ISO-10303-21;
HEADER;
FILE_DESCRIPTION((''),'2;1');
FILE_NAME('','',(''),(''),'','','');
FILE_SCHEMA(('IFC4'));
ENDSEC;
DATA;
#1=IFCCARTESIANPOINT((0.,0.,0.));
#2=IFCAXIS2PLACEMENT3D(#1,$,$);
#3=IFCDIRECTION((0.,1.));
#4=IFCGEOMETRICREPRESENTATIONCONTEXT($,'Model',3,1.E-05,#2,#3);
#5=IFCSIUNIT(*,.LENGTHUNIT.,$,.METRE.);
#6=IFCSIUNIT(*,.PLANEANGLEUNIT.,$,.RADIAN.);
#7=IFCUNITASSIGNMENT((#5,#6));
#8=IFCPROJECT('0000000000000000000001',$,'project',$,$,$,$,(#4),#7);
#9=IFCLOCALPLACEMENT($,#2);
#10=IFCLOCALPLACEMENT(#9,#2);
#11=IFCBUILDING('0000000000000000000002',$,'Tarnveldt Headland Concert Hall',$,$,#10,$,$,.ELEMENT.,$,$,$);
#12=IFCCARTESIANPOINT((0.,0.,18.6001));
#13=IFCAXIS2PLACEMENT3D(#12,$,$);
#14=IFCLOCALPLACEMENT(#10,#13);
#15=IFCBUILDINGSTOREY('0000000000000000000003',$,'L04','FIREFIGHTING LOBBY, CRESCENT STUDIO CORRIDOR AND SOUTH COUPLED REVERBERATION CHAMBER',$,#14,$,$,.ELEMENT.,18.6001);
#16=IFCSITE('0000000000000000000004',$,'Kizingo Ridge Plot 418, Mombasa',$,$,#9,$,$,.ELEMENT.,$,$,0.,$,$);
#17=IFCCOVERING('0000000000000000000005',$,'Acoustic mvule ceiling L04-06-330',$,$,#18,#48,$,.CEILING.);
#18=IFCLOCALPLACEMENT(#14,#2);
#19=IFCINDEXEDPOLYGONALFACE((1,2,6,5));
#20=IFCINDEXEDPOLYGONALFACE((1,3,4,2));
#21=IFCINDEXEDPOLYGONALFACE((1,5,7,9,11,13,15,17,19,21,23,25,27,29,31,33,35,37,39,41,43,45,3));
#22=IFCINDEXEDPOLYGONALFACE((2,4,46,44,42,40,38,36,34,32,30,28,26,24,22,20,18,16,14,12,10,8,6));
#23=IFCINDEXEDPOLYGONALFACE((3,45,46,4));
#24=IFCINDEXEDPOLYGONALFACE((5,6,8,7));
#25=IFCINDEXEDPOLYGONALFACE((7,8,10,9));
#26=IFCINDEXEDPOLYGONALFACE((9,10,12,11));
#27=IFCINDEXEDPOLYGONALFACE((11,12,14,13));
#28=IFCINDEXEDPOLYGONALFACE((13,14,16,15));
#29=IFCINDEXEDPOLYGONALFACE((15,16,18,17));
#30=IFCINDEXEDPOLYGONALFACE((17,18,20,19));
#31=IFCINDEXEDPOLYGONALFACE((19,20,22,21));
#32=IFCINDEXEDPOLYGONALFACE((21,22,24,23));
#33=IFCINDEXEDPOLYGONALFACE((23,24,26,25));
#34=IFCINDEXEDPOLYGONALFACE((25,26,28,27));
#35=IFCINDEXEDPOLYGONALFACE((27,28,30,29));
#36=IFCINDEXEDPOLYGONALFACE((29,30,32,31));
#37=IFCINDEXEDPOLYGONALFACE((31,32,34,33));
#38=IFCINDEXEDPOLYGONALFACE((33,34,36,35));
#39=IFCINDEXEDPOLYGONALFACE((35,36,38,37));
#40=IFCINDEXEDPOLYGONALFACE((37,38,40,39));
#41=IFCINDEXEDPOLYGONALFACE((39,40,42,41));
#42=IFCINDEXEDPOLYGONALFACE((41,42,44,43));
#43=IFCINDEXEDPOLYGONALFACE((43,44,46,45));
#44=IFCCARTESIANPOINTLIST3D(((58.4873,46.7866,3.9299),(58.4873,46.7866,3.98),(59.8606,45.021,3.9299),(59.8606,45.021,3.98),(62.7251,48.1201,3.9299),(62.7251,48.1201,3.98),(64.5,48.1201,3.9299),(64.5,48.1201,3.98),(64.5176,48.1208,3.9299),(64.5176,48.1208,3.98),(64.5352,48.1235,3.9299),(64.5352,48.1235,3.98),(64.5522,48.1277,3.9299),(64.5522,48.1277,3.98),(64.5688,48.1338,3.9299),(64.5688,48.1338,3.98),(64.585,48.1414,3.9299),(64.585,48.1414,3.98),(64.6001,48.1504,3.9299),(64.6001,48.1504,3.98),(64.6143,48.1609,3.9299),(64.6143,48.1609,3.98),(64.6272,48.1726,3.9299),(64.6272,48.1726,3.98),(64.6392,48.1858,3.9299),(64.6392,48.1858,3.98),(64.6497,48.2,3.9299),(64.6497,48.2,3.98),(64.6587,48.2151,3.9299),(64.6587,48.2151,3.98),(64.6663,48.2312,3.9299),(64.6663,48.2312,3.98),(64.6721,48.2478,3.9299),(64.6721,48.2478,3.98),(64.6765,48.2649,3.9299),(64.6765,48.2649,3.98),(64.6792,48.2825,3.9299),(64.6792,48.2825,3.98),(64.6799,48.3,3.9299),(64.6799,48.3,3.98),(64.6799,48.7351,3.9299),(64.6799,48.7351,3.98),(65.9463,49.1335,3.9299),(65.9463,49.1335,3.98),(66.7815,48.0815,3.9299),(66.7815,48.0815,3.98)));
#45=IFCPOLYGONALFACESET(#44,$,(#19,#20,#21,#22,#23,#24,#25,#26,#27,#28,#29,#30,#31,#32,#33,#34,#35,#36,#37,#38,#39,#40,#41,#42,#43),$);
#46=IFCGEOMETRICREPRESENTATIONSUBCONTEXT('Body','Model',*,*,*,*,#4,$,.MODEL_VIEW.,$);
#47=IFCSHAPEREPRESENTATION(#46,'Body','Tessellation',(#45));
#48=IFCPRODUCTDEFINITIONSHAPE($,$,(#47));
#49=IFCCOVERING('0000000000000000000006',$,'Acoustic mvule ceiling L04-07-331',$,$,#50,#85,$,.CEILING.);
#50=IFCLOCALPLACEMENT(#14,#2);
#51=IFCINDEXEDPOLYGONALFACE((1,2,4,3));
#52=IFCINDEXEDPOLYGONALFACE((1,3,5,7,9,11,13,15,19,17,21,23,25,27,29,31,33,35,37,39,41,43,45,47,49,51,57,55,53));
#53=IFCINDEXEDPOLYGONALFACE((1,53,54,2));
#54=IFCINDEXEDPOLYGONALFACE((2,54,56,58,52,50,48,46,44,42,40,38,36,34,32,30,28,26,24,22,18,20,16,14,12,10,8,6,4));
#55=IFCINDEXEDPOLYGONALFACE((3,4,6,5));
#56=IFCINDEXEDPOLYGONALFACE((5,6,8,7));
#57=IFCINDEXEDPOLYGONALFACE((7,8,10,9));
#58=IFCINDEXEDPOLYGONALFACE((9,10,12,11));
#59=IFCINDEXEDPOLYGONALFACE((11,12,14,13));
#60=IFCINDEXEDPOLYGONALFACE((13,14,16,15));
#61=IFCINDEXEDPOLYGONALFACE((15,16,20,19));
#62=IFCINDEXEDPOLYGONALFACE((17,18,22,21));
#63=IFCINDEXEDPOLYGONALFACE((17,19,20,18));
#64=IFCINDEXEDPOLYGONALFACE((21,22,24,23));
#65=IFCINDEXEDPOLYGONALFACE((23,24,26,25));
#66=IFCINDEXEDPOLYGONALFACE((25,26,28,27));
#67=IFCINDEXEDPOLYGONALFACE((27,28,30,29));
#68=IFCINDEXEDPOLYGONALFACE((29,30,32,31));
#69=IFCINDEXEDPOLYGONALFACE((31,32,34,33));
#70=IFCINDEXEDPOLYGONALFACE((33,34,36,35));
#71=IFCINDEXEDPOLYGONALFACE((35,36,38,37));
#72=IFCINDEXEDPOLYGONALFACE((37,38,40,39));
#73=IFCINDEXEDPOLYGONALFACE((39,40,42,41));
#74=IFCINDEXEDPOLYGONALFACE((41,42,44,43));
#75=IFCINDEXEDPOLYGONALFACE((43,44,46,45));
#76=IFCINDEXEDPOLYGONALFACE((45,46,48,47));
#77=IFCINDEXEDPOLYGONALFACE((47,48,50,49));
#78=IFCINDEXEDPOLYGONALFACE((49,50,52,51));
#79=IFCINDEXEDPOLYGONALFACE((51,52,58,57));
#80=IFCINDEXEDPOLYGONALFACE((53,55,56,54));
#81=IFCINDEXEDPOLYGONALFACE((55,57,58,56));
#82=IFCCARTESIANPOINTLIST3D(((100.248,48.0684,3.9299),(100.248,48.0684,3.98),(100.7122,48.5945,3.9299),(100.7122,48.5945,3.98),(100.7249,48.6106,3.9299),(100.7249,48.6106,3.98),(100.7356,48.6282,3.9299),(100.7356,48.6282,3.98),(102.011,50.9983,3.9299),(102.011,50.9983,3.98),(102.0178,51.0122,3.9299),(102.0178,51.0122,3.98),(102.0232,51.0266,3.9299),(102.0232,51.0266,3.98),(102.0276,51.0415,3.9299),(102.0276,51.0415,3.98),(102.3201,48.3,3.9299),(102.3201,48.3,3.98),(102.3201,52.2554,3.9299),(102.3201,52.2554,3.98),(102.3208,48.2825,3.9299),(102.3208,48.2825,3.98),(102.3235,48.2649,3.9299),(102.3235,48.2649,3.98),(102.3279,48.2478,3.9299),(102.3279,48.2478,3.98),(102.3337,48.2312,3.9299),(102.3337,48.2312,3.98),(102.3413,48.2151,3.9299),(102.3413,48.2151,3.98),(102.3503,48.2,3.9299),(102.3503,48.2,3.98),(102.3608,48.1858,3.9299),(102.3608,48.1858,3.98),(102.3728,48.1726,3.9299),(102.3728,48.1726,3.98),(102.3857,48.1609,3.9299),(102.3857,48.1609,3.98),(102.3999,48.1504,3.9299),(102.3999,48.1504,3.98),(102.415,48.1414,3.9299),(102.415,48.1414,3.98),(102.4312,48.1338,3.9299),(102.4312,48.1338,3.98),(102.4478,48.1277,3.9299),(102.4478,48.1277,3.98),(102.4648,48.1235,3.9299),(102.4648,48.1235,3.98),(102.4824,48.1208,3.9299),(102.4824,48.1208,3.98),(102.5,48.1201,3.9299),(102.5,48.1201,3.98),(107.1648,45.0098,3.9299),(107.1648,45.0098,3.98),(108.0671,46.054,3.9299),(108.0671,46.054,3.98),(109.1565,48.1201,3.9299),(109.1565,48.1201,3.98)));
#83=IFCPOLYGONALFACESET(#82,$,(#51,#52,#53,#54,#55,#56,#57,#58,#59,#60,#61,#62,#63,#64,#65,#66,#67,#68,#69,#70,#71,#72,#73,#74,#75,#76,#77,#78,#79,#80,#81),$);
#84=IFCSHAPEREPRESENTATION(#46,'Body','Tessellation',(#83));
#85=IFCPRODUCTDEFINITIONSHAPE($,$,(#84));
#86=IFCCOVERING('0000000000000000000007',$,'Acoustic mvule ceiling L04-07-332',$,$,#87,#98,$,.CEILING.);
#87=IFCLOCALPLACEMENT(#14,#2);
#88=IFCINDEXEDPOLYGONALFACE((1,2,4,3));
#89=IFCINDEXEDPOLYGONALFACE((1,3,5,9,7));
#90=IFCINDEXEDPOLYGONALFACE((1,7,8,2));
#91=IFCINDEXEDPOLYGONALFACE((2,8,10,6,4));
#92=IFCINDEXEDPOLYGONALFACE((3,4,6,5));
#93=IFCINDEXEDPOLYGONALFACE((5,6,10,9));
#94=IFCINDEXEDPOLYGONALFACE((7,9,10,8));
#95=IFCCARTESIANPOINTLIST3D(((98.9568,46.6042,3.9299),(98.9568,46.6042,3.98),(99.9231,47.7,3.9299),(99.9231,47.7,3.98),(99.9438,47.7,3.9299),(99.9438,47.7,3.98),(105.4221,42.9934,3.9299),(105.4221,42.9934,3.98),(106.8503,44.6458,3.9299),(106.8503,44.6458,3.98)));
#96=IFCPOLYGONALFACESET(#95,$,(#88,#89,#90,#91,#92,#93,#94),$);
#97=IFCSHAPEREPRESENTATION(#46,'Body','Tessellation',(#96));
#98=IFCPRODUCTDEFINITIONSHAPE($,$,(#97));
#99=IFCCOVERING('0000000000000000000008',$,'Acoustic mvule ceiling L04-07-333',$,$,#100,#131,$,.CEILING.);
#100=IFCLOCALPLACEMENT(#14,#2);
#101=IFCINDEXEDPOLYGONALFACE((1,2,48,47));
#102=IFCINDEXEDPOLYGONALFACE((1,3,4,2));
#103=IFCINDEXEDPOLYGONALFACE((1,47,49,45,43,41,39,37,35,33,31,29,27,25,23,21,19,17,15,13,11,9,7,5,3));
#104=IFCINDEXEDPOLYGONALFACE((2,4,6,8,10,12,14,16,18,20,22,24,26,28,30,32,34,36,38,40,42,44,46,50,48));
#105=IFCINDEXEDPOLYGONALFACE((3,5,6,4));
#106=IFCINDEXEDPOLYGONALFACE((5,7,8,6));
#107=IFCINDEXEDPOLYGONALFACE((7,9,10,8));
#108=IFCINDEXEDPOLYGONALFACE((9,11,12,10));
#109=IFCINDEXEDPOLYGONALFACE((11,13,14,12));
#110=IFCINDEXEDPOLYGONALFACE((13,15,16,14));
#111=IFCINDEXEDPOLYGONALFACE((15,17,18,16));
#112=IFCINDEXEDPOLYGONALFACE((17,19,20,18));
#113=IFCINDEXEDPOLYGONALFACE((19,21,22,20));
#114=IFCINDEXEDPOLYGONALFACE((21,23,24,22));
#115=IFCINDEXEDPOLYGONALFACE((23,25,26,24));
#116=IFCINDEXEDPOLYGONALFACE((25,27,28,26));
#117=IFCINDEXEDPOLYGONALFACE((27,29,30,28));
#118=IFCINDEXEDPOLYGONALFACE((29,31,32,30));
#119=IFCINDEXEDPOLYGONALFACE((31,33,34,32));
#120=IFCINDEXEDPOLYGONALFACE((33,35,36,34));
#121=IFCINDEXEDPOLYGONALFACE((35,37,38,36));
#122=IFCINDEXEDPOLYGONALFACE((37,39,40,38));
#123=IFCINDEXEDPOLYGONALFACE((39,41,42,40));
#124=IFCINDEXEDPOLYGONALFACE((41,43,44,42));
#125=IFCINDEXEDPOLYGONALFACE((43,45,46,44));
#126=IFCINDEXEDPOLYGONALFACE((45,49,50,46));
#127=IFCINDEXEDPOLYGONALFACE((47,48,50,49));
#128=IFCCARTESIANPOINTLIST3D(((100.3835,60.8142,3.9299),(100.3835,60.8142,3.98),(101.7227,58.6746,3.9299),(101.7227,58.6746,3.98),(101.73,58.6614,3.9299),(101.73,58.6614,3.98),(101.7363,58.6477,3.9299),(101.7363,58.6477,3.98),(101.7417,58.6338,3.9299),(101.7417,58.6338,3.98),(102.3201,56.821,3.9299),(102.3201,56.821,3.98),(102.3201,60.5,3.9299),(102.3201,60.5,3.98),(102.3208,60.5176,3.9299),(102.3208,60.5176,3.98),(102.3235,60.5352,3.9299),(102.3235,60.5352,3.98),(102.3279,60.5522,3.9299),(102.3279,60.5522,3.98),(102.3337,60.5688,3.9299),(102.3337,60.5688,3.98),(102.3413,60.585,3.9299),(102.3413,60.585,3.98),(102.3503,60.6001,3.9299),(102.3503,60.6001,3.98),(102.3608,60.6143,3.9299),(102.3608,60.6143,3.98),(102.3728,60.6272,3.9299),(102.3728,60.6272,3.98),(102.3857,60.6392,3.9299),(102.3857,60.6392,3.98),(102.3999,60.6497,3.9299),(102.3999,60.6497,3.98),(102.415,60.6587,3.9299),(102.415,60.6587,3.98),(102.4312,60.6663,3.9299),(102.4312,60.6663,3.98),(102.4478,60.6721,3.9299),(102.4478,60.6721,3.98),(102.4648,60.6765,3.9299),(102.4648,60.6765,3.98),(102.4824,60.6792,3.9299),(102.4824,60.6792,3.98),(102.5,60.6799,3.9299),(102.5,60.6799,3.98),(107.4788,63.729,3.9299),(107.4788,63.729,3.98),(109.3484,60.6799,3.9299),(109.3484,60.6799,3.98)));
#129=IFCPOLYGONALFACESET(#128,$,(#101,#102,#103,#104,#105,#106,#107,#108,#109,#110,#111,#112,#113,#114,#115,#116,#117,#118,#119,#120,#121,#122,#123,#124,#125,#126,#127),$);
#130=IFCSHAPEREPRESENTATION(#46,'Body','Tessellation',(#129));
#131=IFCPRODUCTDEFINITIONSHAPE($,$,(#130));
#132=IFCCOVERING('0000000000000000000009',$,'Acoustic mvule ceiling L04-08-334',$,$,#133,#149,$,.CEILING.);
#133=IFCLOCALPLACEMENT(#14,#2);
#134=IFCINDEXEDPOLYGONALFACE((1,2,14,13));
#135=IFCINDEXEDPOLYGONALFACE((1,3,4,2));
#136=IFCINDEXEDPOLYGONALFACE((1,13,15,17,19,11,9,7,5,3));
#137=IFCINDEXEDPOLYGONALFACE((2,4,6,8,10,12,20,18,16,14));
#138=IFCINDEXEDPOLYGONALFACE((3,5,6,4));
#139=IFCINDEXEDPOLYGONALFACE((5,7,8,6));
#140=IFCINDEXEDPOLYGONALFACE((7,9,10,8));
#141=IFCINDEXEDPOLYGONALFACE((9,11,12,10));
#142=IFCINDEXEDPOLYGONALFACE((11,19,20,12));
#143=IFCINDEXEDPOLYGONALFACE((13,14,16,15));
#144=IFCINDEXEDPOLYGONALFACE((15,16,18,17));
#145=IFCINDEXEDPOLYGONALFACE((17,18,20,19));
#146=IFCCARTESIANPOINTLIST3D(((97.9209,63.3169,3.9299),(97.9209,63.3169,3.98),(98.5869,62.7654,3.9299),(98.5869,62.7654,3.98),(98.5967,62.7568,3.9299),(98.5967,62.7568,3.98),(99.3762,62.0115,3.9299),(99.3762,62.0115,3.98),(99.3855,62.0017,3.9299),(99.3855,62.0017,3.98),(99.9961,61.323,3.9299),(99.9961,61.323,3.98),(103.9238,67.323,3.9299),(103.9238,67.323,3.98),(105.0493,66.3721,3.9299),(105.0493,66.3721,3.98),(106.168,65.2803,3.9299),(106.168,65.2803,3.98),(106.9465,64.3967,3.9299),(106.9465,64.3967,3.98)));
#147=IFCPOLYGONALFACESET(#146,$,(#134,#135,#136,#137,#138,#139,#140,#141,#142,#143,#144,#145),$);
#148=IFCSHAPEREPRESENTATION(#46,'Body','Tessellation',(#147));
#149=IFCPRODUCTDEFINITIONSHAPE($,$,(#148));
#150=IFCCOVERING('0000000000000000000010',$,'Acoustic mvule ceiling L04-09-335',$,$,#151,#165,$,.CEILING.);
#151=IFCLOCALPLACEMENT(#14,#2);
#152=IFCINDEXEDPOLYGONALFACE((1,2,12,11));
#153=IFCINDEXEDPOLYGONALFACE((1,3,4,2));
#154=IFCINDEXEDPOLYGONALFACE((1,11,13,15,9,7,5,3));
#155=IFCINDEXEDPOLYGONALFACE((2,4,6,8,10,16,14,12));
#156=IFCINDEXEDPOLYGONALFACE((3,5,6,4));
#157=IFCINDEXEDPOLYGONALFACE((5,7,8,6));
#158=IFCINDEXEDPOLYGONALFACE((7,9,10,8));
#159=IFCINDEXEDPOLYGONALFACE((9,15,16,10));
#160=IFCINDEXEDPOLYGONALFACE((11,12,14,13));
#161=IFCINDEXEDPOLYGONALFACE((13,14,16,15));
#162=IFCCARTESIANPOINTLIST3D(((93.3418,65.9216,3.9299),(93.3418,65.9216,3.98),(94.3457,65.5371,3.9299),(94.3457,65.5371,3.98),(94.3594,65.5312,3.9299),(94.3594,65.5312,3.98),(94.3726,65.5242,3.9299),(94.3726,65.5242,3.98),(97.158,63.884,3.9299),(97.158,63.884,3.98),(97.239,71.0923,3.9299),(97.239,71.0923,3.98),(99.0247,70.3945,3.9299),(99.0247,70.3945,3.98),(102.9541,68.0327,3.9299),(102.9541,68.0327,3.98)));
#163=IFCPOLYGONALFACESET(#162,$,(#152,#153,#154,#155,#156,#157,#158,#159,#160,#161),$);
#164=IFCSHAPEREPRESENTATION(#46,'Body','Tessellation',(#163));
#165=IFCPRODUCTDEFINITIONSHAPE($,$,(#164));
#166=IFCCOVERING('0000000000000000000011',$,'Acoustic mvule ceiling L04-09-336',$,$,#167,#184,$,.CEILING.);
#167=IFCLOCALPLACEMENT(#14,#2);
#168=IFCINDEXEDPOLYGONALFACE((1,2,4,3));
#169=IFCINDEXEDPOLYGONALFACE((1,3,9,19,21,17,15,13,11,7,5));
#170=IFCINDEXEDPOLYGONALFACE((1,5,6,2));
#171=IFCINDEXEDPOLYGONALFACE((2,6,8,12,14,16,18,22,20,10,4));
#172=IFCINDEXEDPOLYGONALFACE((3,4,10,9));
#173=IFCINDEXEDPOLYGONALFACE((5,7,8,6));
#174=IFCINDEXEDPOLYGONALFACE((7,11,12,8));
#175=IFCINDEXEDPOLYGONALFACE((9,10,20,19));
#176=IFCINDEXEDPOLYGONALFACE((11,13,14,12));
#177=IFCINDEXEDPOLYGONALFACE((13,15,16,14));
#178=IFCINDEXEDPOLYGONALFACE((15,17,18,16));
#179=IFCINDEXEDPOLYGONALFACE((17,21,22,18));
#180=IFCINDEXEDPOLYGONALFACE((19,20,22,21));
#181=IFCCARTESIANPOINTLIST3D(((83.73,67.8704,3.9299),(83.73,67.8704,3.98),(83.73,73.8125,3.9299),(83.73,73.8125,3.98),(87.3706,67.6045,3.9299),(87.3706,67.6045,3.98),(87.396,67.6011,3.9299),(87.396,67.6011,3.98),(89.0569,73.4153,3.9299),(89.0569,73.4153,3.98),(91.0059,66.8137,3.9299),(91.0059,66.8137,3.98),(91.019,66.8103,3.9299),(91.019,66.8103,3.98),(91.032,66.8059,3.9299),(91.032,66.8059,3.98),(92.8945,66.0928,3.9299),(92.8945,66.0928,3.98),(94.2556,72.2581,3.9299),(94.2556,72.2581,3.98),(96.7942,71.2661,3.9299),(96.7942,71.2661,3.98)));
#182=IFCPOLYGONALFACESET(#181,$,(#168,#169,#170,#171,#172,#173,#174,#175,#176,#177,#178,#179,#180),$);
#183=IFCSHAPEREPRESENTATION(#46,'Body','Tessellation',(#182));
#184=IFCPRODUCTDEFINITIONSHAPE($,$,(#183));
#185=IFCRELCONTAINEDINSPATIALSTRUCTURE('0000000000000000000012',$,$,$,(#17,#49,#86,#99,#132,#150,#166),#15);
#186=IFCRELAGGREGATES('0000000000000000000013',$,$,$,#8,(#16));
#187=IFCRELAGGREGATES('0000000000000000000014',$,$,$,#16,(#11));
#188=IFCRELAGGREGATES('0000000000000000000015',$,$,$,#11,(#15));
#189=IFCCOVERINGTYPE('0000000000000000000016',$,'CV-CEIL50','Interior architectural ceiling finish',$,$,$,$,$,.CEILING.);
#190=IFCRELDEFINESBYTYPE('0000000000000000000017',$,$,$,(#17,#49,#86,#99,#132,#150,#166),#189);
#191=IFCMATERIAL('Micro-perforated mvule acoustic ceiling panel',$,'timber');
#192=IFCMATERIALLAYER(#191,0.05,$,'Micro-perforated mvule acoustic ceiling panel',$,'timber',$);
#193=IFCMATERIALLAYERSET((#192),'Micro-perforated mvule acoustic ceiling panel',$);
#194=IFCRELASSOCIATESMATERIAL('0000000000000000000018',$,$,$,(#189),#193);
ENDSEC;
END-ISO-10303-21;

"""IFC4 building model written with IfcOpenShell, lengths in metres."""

from ifc_helpers import new_model, si_unit, direction, frame, origin, place, context, subcontext, project, spatial, polyline, outline, extrude, material, layer, layer_set, type_object, element, save


model = new_model("IFC4")

# Units and contexts
model_context = context("Model", 3, precision=1e-05, world=origin(), true_north=direction((0.0, 1.0)))
body_context = subcontext(model_context, "Body", "Model", "MODEL_VIEW")
ifc_project = project(units=[si_unit("LENGTHUNIT", "METRE"), si_unit("PLANEANGLEUNIT", "RADIAN")], contexts=[model_context])

# Site, building, storey
site_placement = place(None, origin())
site = spatial("IfcSite", under=ifc_project, at=site_placement, Name="Kizingo Ridge Plot 418, Mombasa", CompositionType="ELEMENT", RefElevation=0.0)
building_placement = place(site_placement, origin())
building = spatial("IfcBuilding", under=site, at=building_placement, Name="Tarnveldt Headland Concert Hall", CompositionType="ELEMENT")
storey_placement = place(building_placement, frame((0.0, 0.0, 18.6001)))
storey = spatial("IfcBuildingStorey", under=building, at=storey_placement, Name="L04", Description="FIREFIGHTING LOBBY, CRESCENT STUDIO CORRIDOR AND SOUTH COUPLED REVERBERATION CHAMBER", CompositionType="ELEMENT", Elevation=18.6001)

# Coverings
ifc_material_1 = material(Name="Micro-perforated mvule acoustic ceiling panel", Category="timber")
ifc_layer_1 = layer(ifc_material_1, 0.05, Name="Micro-perforated mvule acoustic ceiling panel", Category="timber")
ifc_layer_set_1 = layer_set([ifc_layer_1], Name="Micro-perforated mvule acoustic ceiling panel")
covering_type_1 = type_object("IfcCoveringType", Name="CV-CEIL50", Description="Interior architectural ceiling finish", PredefinedType="CEILING", material=ifc_layer_set_1)
covering_1_placement = place(storey_placement, frame((0.0, 0.0, 3.9299)))
element("IfcCovering", 1, at=covering_1_placement, inside=storey, type_object=covering_type_1, Name="Acoustic mvule ceiling L04-06-330", PredefinedType="CEILING", context=body_context, shape_type="SweptSolid", body=[
    extrude(outline(polyline([(64.5176, 48.1208), (64.5352, 48.1235), (64.5522, 48.1277), (64.5688, 48.1338), (64.585, 48.1414), (64.6001, 48.1504), (64.6143, 48.1609), (64.6272, 48.1726), (64.6392, 48.1858), (64.6497, 48.2), (64.6587, 48.2151), (64.6663, 48.2312), (64.6721, 48.2478), (64.6765, 48.2649), (64.6792, 48.2825), (64.6799, 48.3), (64.6799, 48.7351), (65.9463, 49.1335), (66.7815, 48.0815), (59.8606, 45.021), (58.4873, 46.7866), (62.7251, 48.1201), (64.5, 48.1201), (64.5176, 48.1208)])), origin(), (0.0, 0.0, 1.0), 0.05),
])
covering_2_placement = place(storey_placement, frame((0.0, 0.0, 3.9299)))
element("IfcCovering", 2, at=covering_2_placement, inside=storey, type_object=covering_type_1, Name="Acoustic mvule ceiling L04-07-331", PredefinedType="CEILING", context=body_context, shape_type="SweptSolid", body=[
    extrude(outline(polyline([(102.3235, 48.2649), (102.3279, 48.2478), (102.3337, 48.2312), (102.3413, 48.2151), (102.3503, 48.2), (102.3608, 48.1858), (102.3728, 48.1726), (102.3857, 48.1609), (102.3999, 48.1504), (102.415, 48.1414), (102.4312, 48.1338), (102.4478, 48.1277), (102.4648, 48.1235), (102.4824, 48.1208), (102.5, 48.1201), (109.1565, 48.1201), (108.0671, 46.054), (107.1648, 45.0098), (100.248, 48.0684), (100.7122, 48.5945), (100.7249, 48.6106), (100.7356, 48.6282), (102.011, 50.9983), (102.0178, 51.0122), (102.0232, 51.0266), (102.0276, 51.0415), (102.3201, 52.2554), (102.3201, 48.3), (102.3208, 48.2825), (102.3235, 48.2649)])), origin(), (0.0, 0.0, 1.0), 0.05),
])
covering_3_placement = place(storey_placement, frame((0.0, 0.0, 3.9299)))
element("IfcCovering", 3, at=covering_3_placement, inside=storey, type_object=covering_type_1, Name="Acoustic mvule ceiling L04-07-332", PredefinedType="CEILING", context=body_context, shape_type="SweptSolid", body=[
    extrude(outline(polyline([(98.9568, 46.6042), (99.9231, 47.7), (99.9438, 47.7), (106.8503, 44.6458), (105.4221, 42.9934), (98.9568, 46.6042)])), origin(), (0.0, 0.0, 1.0), 0.05),
])
covering_4_placement = place(storey_placement, frame((0.0, 0.0, 3.9299)))
element("IfcCovering", 4, at=covering_4_placement, inside=storey, type_object=covering_type_1, Name="Acoustic mvule ceiling L04-07-333", PredefinedType="CEILING", context=body_context, shape_type="SweptSolid", body=[
    extrude(outline(polyline([(101.73, 58.6614), (101.7227, 58.6746), (100.3835, 60.8142), (107.4788, 63.729), (109.3484, 60.6799), (102.5, 60.6799), (102.4824, 60.6792), (102.4648, 60.6765), (102.4478, 60.6721), (102.4312, 60.6663), (102.415, 60.6587), (102.3999, 60.6497), (102.3857, 60.6392), (102.3728, 60.6272), (102.3608, 60.6143), (102.3503, 60.6001), (102.3413, 60.585), (102.3337, 60.5688), (102.3279, 60.5522), (102.3235, 60.5352), (102.3208, 60.5176), (102.3201, 60.5), (102.3201, 56.821), (101.7417, 58.6338), (101.7363, 58.6477), (101.73, 58.6614)])), origin(), (0.0, 0.0, 1.0), 0.05),
])
covering_5_placement = place(storey_placement, frame((0.0, 0.0, 3.9299)))
element("IfcCovering", 5, at=covering_5_placement, inside=storey, type_object=covering_type_1, Name="Acoustic mvule ceiling L04-08-334", PredefinedType="CEILING", context=body_context, shape_type="SweptSolid", body=[
    extrude(outline(polyline([(99.3762, 62.0115), (98.5967, 62.7568), (98.5869, 62.7654), (97.9209, 63.3169), (103.9238, 67.323), (105.0493, 66.3721), (106.168, 65.2803), (106.9465, 64.3967), (99.9961, 61.323), (99.3855, 62.0017), (99.3762, 62.0115)])), origin(), (0.0, 0.0, 1.0), 0.05),
])
covering_6_placement = place(storey_placement, frame((0.0, 0.0, 3.9299)))
element("IfcCovering", 6, at=covering_6_placement, inside=storey, type_object=covering_type_1, Name="Acoustic mvule ceiling L04-09-335", PredefinedType="CEILING", context=body_context, shape_type="SweptSolid", body=[
    extrude(outline(polyline([(97.239, 71.0923), (99.0247, 70.3945), (102.9541, 68.0327), (97.158, 63.884), (94.3726, 65.5242), (94.3594, 65.5312), (94.3457, 65.5371), (93.3418, 65.9216), (97.239, 71.0923)])), origin(), (0.0, 0.0, 1.0), 0.05),
])
covering_7_placement = place(storey_placement, frame((0.0, 0.0, 3.9299)))
element("IfcCovering", 7, at=covering_7_placement, inside=storey, type_object=covering_type_1, Name="Acoustic mvule ceiling L04-09-336", PredefinedType="CEILING", context=body_context, shape_type="SweptSolid", body=[
    extrude(outline(polyline([(87.396, 67.6011), (87.3706, 67.6045), (83.73, 67.8704), (83.73, 73.8125), (89.0569, 73.4153), (94.2556, 72.2581), (96.7942, 71.2661), (92.8945, 66.0928), (91.032, 66.8059), (91.019, 66.8103), (91.0059, 66.8137), (87.396, 67.6011)])), origin(), (0.0, 0.0, 1.0), 0.05),
])

save(model, "model.ifc")
